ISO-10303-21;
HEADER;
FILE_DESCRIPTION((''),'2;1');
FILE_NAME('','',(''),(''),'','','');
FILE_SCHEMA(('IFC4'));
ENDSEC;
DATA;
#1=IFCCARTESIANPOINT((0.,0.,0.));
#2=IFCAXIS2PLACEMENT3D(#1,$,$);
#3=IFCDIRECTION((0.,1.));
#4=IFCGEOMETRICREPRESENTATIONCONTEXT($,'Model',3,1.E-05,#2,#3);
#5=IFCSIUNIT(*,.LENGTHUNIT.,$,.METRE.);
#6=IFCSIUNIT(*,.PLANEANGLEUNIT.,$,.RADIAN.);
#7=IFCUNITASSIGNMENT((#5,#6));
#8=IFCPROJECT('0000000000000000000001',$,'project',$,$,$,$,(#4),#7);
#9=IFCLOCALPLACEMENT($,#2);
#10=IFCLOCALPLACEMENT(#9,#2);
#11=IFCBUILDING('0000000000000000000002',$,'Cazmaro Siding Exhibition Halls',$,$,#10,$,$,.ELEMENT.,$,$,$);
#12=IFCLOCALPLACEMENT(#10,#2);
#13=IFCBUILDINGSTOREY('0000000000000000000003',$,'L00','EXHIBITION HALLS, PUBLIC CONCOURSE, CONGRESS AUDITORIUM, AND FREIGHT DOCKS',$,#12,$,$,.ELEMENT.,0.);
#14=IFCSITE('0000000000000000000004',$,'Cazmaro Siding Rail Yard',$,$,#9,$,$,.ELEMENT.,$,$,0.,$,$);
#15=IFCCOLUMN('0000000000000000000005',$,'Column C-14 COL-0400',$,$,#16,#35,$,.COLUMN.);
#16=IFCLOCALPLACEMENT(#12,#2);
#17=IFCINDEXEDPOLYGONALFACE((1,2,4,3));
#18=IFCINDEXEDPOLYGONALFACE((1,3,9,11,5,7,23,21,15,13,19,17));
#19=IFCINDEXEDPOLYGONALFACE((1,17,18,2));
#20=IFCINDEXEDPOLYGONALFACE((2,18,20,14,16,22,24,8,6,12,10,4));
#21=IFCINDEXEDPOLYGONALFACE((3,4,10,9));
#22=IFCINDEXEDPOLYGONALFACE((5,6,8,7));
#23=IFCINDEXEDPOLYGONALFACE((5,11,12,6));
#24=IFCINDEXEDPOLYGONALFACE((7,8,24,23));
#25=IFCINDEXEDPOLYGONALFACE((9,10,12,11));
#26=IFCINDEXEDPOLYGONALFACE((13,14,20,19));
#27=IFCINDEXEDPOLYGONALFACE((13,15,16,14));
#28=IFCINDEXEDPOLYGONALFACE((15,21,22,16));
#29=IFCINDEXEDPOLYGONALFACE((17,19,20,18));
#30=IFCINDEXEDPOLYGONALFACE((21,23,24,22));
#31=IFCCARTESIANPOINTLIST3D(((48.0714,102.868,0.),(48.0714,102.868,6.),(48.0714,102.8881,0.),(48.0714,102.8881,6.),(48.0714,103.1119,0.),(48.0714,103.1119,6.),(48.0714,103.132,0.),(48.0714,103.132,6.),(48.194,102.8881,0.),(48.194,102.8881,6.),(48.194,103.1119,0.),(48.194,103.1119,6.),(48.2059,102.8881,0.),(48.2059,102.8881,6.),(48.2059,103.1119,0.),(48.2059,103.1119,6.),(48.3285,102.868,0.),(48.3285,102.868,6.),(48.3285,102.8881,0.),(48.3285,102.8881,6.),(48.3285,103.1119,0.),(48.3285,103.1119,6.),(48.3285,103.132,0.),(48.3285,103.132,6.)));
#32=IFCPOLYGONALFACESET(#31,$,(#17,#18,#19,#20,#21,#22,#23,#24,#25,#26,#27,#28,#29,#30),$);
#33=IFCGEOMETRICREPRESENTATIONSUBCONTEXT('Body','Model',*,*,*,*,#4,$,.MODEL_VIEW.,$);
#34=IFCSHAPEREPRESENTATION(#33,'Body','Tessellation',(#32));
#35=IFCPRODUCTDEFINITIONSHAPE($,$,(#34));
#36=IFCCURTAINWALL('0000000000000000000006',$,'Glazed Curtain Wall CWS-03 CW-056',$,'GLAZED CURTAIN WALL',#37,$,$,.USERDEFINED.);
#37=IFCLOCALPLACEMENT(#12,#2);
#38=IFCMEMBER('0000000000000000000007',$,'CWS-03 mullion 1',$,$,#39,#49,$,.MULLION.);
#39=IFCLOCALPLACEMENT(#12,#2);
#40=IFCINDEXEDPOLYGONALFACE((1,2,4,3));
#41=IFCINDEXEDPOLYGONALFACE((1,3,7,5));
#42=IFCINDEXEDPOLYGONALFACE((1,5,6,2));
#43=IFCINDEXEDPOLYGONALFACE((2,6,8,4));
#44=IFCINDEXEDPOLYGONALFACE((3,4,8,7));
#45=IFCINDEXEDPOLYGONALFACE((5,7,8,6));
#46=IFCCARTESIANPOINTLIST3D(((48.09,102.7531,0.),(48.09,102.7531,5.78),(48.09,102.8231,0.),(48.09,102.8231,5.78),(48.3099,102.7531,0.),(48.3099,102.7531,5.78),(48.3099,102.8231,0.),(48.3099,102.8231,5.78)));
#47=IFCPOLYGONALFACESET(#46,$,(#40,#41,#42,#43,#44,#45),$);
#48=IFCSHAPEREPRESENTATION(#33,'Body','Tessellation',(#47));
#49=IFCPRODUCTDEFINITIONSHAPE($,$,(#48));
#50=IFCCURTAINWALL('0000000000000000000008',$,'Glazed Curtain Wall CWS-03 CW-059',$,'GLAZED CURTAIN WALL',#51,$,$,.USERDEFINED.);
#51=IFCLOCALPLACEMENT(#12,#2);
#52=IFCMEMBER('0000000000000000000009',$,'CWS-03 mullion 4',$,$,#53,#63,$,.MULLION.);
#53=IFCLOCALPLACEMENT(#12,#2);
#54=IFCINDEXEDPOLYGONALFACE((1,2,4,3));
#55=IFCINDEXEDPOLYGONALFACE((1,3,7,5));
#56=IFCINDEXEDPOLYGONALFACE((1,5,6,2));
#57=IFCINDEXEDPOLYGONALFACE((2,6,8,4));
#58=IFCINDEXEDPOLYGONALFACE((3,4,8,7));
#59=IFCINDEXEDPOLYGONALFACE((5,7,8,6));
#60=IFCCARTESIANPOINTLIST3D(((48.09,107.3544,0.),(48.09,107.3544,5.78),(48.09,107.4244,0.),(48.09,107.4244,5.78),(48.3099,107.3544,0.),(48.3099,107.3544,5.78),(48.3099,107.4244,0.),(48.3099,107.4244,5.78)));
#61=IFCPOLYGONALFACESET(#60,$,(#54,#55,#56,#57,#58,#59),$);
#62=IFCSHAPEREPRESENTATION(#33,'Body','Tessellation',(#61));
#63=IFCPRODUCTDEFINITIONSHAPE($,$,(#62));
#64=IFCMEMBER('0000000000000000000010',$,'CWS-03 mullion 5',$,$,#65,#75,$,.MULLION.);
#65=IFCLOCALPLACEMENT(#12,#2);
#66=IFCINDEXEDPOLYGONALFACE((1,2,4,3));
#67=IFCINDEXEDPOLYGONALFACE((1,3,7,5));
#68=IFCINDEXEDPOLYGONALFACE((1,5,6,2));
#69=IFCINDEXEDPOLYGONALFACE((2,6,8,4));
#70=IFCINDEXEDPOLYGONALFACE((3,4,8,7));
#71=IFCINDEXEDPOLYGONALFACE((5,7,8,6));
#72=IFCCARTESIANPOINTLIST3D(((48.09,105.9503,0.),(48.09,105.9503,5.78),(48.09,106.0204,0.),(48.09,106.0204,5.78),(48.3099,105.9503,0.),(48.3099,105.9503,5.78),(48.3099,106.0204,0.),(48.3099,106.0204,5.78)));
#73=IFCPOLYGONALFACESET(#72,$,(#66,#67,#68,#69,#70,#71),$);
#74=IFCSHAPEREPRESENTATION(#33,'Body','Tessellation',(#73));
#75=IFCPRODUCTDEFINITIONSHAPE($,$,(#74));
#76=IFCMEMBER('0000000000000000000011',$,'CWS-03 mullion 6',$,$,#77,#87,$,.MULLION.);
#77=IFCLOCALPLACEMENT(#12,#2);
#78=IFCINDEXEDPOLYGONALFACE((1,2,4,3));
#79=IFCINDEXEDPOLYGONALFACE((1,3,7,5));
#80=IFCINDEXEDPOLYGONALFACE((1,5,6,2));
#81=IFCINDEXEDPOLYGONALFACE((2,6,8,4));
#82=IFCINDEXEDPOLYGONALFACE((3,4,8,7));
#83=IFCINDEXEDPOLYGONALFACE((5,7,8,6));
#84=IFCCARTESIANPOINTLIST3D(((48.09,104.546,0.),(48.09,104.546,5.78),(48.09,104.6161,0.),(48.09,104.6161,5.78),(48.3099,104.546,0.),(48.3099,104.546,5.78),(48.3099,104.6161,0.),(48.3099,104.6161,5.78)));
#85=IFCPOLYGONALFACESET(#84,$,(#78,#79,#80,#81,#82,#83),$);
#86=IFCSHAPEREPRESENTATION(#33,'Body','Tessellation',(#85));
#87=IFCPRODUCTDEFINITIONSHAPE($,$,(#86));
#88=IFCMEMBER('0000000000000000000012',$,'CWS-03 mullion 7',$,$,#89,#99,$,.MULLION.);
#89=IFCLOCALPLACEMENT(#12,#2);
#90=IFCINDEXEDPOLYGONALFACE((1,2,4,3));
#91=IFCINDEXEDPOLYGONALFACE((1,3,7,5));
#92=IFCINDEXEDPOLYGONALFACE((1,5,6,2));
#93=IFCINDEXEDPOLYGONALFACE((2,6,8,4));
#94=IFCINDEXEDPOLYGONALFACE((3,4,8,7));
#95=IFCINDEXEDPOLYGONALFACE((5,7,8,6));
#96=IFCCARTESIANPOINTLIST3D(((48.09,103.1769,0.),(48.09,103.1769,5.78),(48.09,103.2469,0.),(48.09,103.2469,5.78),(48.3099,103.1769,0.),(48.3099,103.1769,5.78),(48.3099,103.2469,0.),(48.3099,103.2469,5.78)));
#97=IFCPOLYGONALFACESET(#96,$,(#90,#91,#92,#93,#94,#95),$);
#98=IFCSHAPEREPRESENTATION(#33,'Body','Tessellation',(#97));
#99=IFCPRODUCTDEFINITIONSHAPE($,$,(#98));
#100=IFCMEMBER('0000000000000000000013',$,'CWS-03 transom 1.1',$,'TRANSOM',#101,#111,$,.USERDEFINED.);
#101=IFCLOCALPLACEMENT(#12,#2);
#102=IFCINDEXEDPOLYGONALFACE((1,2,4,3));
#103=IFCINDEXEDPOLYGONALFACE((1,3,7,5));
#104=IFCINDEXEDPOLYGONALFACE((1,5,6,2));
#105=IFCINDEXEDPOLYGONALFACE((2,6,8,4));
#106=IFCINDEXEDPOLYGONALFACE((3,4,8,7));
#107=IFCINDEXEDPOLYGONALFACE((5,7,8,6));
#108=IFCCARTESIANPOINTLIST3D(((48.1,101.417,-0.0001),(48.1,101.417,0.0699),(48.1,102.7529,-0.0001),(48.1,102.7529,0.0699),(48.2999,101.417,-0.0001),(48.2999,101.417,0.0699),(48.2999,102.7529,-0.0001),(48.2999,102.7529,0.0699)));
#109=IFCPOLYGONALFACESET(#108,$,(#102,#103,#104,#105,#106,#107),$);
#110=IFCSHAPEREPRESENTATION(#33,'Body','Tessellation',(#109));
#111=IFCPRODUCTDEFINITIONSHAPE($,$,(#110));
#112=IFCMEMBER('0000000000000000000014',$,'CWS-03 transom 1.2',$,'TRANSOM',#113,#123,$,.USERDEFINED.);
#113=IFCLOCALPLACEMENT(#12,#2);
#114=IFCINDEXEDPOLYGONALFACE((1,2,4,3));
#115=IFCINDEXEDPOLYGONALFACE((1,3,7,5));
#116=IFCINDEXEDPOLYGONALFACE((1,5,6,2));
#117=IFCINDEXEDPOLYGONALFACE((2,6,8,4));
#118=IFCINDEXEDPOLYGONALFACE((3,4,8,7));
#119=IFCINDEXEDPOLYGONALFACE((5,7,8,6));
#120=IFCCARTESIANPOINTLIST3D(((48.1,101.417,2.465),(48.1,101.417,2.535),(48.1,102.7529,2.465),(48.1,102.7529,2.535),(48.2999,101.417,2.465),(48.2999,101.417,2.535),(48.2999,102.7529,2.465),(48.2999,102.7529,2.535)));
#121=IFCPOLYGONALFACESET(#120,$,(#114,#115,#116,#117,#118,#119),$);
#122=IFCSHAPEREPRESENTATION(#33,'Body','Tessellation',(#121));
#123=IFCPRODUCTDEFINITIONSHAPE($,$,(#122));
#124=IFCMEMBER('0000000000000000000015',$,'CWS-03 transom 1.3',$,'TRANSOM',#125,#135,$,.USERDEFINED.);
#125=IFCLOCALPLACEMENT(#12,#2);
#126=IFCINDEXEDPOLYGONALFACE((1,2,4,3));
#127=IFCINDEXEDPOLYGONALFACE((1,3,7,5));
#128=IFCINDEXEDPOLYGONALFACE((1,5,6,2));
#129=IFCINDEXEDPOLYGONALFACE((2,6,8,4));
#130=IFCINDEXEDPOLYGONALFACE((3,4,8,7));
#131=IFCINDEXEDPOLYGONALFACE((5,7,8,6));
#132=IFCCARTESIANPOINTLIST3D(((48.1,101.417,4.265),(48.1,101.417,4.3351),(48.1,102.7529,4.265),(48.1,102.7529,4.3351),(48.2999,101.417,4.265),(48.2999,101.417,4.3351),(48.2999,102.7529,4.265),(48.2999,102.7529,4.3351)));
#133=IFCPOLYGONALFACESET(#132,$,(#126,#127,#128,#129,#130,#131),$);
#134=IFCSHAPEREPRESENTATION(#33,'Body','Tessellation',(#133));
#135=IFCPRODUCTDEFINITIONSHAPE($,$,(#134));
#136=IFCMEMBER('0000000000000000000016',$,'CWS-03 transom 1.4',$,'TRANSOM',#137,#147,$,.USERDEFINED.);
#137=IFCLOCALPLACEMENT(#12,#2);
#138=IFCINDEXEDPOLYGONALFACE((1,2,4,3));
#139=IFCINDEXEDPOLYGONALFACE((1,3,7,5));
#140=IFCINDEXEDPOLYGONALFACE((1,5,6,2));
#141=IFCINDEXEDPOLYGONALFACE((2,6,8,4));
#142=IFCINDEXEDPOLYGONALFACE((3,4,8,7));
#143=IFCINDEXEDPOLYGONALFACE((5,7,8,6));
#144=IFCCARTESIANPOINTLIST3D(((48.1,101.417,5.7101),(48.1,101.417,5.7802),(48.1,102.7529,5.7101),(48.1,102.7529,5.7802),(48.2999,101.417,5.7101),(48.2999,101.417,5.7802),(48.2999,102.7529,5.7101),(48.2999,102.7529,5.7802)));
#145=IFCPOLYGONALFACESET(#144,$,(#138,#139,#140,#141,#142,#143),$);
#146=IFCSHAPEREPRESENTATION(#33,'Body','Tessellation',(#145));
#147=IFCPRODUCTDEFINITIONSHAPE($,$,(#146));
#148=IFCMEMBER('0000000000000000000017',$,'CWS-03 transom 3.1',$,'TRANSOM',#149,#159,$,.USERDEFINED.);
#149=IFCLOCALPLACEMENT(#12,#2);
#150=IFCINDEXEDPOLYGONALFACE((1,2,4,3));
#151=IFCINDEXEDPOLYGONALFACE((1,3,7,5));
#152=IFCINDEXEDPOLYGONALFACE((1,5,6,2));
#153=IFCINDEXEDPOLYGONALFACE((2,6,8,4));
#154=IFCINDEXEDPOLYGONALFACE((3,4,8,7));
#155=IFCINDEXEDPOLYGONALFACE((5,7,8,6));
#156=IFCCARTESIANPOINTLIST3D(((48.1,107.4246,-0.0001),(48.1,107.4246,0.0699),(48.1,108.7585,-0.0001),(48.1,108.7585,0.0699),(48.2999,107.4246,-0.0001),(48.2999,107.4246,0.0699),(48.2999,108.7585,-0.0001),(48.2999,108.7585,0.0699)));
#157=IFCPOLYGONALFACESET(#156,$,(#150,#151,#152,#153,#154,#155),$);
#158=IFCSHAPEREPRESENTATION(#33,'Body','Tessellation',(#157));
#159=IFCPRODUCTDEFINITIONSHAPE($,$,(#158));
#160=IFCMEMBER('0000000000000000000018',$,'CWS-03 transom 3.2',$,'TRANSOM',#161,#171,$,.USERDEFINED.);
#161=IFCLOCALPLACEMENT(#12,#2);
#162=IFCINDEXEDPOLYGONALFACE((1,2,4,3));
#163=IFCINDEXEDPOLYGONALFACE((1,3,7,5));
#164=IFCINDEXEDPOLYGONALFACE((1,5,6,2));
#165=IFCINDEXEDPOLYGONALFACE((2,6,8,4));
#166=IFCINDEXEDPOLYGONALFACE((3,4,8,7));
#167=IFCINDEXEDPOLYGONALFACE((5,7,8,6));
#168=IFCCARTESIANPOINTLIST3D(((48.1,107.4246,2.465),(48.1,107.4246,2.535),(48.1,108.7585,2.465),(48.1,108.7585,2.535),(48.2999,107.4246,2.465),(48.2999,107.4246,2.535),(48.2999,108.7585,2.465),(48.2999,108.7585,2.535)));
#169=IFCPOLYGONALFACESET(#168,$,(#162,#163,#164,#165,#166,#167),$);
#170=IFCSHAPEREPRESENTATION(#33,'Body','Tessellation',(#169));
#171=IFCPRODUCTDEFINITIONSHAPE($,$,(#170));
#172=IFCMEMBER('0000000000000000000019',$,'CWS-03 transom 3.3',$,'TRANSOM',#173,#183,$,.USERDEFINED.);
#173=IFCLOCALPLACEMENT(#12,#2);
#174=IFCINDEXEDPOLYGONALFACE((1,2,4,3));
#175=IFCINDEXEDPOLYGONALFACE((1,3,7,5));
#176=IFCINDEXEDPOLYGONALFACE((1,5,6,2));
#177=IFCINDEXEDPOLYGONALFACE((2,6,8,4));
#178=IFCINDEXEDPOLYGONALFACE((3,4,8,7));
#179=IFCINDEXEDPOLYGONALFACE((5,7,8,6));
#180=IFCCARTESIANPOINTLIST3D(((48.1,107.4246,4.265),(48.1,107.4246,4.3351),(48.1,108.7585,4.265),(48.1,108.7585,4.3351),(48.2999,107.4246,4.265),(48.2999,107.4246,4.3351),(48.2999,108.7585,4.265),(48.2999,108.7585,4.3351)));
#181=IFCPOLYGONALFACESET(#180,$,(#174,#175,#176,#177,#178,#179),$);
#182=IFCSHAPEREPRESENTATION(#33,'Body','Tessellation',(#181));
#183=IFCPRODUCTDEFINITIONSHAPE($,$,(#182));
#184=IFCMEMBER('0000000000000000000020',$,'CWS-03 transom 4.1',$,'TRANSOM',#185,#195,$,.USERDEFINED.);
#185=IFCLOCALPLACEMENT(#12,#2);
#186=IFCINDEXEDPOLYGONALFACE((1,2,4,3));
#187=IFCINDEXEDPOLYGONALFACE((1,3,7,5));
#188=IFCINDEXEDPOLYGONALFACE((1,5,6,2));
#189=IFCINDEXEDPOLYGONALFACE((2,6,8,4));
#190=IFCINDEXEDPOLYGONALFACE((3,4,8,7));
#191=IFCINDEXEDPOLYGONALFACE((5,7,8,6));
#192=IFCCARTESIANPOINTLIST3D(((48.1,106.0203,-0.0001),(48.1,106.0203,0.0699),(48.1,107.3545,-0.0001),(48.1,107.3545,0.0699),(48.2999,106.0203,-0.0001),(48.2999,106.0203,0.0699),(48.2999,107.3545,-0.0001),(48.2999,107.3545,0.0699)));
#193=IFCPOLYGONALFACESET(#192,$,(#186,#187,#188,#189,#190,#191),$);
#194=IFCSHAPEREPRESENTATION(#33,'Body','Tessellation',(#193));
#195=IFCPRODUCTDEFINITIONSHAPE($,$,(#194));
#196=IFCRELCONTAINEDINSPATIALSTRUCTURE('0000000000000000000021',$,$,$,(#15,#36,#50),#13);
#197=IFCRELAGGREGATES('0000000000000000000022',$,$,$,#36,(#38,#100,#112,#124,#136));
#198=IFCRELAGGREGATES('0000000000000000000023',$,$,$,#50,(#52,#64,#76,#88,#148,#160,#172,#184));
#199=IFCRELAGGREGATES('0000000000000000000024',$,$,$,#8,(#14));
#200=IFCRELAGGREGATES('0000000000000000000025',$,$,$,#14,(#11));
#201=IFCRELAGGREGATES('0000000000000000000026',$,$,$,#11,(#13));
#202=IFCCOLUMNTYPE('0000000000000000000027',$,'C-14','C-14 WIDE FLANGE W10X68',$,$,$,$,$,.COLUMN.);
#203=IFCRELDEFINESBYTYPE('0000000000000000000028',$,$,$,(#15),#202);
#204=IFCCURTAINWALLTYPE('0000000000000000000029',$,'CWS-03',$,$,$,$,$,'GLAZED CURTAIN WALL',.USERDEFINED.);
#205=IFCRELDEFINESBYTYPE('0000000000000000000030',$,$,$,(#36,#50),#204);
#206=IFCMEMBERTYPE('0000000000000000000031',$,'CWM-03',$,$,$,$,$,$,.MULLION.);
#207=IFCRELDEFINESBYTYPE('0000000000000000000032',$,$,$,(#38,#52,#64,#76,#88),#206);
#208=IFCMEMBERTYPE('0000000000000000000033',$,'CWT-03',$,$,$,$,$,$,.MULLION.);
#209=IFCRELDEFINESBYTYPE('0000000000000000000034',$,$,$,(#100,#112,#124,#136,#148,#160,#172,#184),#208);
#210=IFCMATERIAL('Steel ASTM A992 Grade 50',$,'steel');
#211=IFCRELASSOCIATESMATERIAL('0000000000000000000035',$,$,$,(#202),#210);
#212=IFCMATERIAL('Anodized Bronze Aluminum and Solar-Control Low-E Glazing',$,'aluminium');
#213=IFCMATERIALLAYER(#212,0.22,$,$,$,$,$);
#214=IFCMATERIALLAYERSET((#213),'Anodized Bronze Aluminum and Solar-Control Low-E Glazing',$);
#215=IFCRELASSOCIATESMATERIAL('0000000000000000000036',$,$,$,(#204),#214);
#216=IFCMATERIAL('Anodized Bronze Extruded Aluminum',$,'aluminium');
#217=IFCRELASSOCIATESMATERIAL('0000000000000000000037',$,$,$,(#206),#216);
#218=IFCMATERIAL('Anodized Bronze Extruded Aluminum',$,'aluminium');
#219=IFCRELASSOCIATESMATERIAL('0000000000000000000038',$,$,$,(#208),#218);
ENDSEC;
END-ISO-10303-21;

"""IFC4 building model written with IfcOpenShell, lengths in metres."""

from ifc_helpers import new_model, si_unit, direction, frame, origin, origin_2d, place, context, subcontext, project, spatial, rectangle, i_section, extrude, material, layer, layer_set, material_profile, profile_set, type_object, element, aggregate, save


model = new_model("IFC4")

# Units and contexts
model_context = context("Model", 3, precision=1e-05, world=origin(), true_north=direction((0.0, 1.0)))
body_context = subcontext(model_context, "Body", "Model", "MODEL_VIEW")
ifc_project = project(units=[si_unit("LENGTHUNIT", "METRE"), si_unit("PLANEANGLEUNIT", "RADIAN")], contexts=[model_context])

# Site, building, storey
site_placement = place(None, origin())
site = spatial("IfcSite", under=ifc_project, at=site_placement, Name="Cazmaro Siding Rail Yard", CompositionType="ELEMENT", RefElevation=0.0)
building_placement = place(site_placement, origin())
building = spatial("IfcBuilding", under=site, at=building_placement, Name="Cazmaro Siding Exhibition Halls", CompositionType="ELEMENT")
storey_placement = place(building_placement, origin())
storey = spatial("IfcBuildingStorey", under=building, at=storey_placement, Name="L00", Description="EXHIBITION HALLS, PUBLIC CONCOURSE, CONGRESS AUDITORIUM, AND FREIGHT DOCKS", CompositionType="ELEMENT", Elevation=0.0)

# Column
ifc_material_1 = material(Name="Steel ASTM A992 Grade 50", Category="steel")
ifc_material_profile_1 = material_profile(ifc_material_1, i_section(OverallWidth=0.2571, OverallDepth=0.2639, WebThickness=0.012, FlangeThickness=0.02, at=origin_2d()), Name="W10X68")
ifc_profile_set_1 = profile_set([ifc_material_profile_1], Name="Steel ASTM A992 Grade 50")
column_type = type_object("IfcColumnType", Name="C-14", Description="C-14 WIDE FLANGE W10X68", PredefinedType="COLUMN", material=ifc_profile_set_1)
column_placement = place(storey_placement, frame((48.2, 103.0, 0.0), z_axis=(0.0, 0.0, 1.0), x_axis=(1.0, 0.0, 0.0)))
element("IfcColumn", 1, at=column_placement, inside=storey, type_object=column_type, Name="Column C-14 COL-0400", PredefinedType="COLUMN", context=body_context, shape_type="SweptSolid", body=[
    extrude(i_section(OverallWidth=0.2571, OverallDepth=0.2639, WebThickness=0.012, FlangeThickness=0.02, at=origin_2d()), origin(), (0.0, 0.0, 1.0), 6.0),
])

# Curtain wall, member
ifc_material_2 = material(Name="Anodized Bronze Aluminum and Solar-Control Low-E Glazing", Category="aluminium")
ifc_layer_1 = layer(ifc_material_2, 0.22)
ifc_layer_set_1 = layer_set([ifc_layer_1], Name="Anodized Bronze Aluminum and Solar-Control Low-E Glazing")
curtain_wall_type = type_object("IfcCurtainWallType", Name="CWS-03", ElementType="GLAZED CURTAIN WALL", PredefinedType="USERDEFINED", material=ifc_layer_set_1)
curtain_wall_1_placement = place(storey_placement, origin())
curtain_wall_1 = element("IfcCurtainWall", 2, at=curtain_wall_1_placement, inside=storey, type_object=curtain_wall_type, Name="Glazed Curtain Wall CWS-03 CW-056", ObjectType="GLAZED CURTAIN WALL", PredefinedType="USERDEFINED")
ifc_material_3 = material(Name="Anodized Bronze Extruded Aluminum", Category="aluminium")
ifc_material_profile_2 = material_profile(ifc_material_3, rectangle(XDim=0.22, YDim=0.0701, at=origin_2d()), Name="CWM-03")
ifc_profile_set_2 = profile_set([ifc_material_profile_2], Name="Anodized Bronze Extruded Aluminum")
member_type_1 = type_object("IfcMemberType", Name="CWM-03", PredefinedType="MULLION", material=ifc_profile_set_2)
member_1_placement = place(storey_placement, frame((48.2, 102.7881, 0.0), z_axis=(0.0, 0.0, 1.0), x_axis=(1.0, 0.0, 0.0)))
member_1 = element("IfcMember", 3, at=member_1_placement, type_object=member_type_1, Name="CWS-03 mullion 1", PredefinedType="MULLION", context=body_context, shape_type="SweptSolid", body=[
    extrude(rectangle(XDim=0.22, YDim=0.0701, at=origin_2d()), origin(), (0.0, 0.0, 1.0), 5.78),
])

# Curtain wall, members
curtain_wall_2_placement = place(storey_placement, origin())
curtain_wall_2 = element("IfcCurtainWall", 4, at=curtain_wall_2_placement, inside=storey, type_object=curtain_wall_type, Name="Glazed Curtain Wall CWS-03 CW-059", ObjectType="GLAZED CURTAIN WALL", PredefinedType="USERDEFINED")
member_2_placement = place(storey_placement, frame((48.2, 107.3894, 0.0), z_axis=(0.0, 0.0, 1.0), x_axis=(1.0, 0.0, 0.0)))
member_2 = element("IfcMember", 5, at=member_2_placement, type_object=member_type_1, Name="CWS-03 mullion 4", PredefinedType="MULLION", context=body_context, shape_type="SweptSolid", body=[
    extrude(rectangle(XDim=0.22, YDim=0.0701, at=origin_2d()), origin(), (0.0, 0.0, 1.0), 5.78),
])
member_3_placement = place(storey_placement, frame((48.2, 105.9854, 0.0), z_axis=(0.0, 0.0, 1.0), x_axis=(1.0, 0.0, 0.0)))
member_3 = element("IfcMember", 6, at=member_3_placement, type_object=member_type_1, Name="CWS-03 mullion 5", PredefinedType="MULLION", context=body_context, shape_type="SweptSolid", body=[
    extrude(rectangle(XDim=0.22, YDim=0.0701, at=origin_2d()), origin(), (0.0, 0.0, 1.0), 5.78),
])
member_4_placement = place(storey_placement, frame((48.2, 104.5811, 0.0), z_axis=(0.0, 0.0, 1.0), x_axis=(1.0, 0.0, 0.0)))
member_4 = element("IfcMember", 7, at=member_4_placement, type_object=member_type_1, Name="CWS-03 mullion 6", PredefinedType="MULLION", context=body_context, shape_type="SweptSolid", body=[
    extrude(rectangle(XDim=0.22, YDim=0.0701, at=origin_2d()), origin(), (0.0, 0.0, 1.0), 5.78),
])
member_5_placement = place(storey_placement, frame((48.2, 103.2119, 0.0), z_axis=(0.0, 0.0, 1.0), x_axis=(1.0, 0.0, 0.0)))
member_5 = element("IfcMember", 8, at=member_5_placement, type_object=member_type_1, Name="CWS-03 mullion 7", PredefinedType="MULLION", context=body_context, shape_type="SweptSolid", body=[
    extrude(rectangle(XDim=0.22, YDim=0.0701, at=origin_2d()), origin(), (0.0, 0.0, 1.0), 5.78),
])

# Members
ifc_material_4 = material(Name="Anodized Bronze Extruded Aluminum", Category="aluminium")
ifc_material_profile_3 = material_profile(ifc_material_4, rectangle(XDim=0.2, YDim=0.0701, at=origin_2d()), Name="CWT-03")
ifc_profile_set_3 = profile_set([ifc_material_profile_3], Name="Anodized Bronze Extruded Aluminum")
member_type_2 = type_object("IfcMemberType", Name="CWT-03", PredefinedType="MULLION", material=ifc_profile_set_3)
member_6_placement = place(storey_placement, frame((48.2, 102.7529, 0.0349), z_axis=(0.0, -1.0, 0.0), x_axis=(1.0, 0.0, 0.0)))
member_6 = element("IfcMember", 9, at=member_6_placement, type_object=member_type_2, Name="CWS-03 transom 1.1", ObjectType="TRANSOM", PredefinedType="USERDEFINED", context=body_context, shape_type="SweptSolid", body=[
    extrude(rectangle(XDim=0.2, YDim=0.0701, at=origin_2d()), origin(), (0.0, 0.0, 1.0), 1.3359),
])
member_7_placement = place(storey_placement, frame((48.2, 102.7529, 2.5), z_axis=(0.0, -1.0, 0.0), x_axis=(1.0, 0.0, 0.0)))
member_7 = element("IfcMember", 10, at=member_7_placement, type_object=member_type_2, Name="CWS-03 transom 1.2", ObjectType="TRANSOM", PredefinedType="USERDEFINED", context=body_context, shape_type="SweptSolid", body=[
    extrude(rectangle(XDim=0.2, YDim=0.0701, at=origin_2d()), origin(), (0.0, 0.0, 1.0), 1.3359),
])
member_8_placement = place(storey_placement, frame((48.2, 102.7529, 4.3), z_axis=(0.0, -1.0, 0.0), x_axis=(1.0, 0.0, 0.0)))
member_8 = element("IfcMember", 11, at=member_8_placement, type_object=member_type_2, Name="CWS-03 transom 1.3", ObjectType="TRANSOM", PredefinedType="USERDEFINED", context=body_context, shape_type="SweptSolid", body=[
    extrude(rectangle(XDim=0.2, YDim=0.0701, at=origin_2d()), origin(), (0.0, 0.0, 1.0), 1.3359),
])
member_9_placement = place(storey_placement, frame((48.2, 102.7529, 5.7451), z_axis=(0.0, -1.0, 0.0), x_axis=(1.0, 0.0, 0.0)))
member_9 = element("IfcMember", 12, at=member_9_placement, type_object=member_type_2, Name="CWS-03 transom 1.4", ObjectType="TRANSOM", PredefinedType="USERDEFINED", context=body_context, shape_type="SweptSolid", body=[
    extrude(rectangle(XDim=0.2, YDim=0.0701, at=origin_2d()), origin(), (0.0, 0.0, 1.0), 1.3359),
])
aggregate(curtain_wall_1, [member_1, member_6, member_7, member_8, member_9])
member_10_placement = place(storey_placement, frame((48.2, 108.7585, 0.0349), z_axis=(0.0, -1.0, 0.0), x_axis=(1.0, 0.0, 0.0)))
member_10 = element("IfcMember", 13, at=member_10_placement, type_object=member_type_2, Name="CWS-03 transom 3.1", ObjectType="TRANSOM", PredefinedType="USERDEFINED", context=body_context, shape_type="SweptSolid", body=[
    extrude(rectangle(XDim=0.2, YDim=0.0701, at=origin_2d()), origin(), (0.0, 0.0, 1.0), 1.334),
])
member_11_placement = place(storey_placement, frame((48.2, 108.7585, 2.5), z_axis=(0.0, -1.0, 0.0), x_axis=(1.0, 0.0, 0.0)))
member_11 = element("IfcMember", 14, at=member_11_placement, type_object=member_type_2, Name="CWS-03 transom 3.2", ObjectType="TRANSOM", PredefinedType="USERDEFINED", context=body_context, shape_type="SweptSolid", body=[
    extrude(rectangle(XDim=0.2, YDim=0.0701, at=origin_2d()), origin(), (0.0, 0.0, 1.0), 1.334),
])
member_12_placement = place(storey_placement, frame((48.2, 108.7585, 4.3), z_axis=(0.0, -1.0, 0.0), x_axis=(1.0, 0.0, 0.0)))
member_12 = element("IfcMember", 15, at=member_12_placement, type_object=member_type_2, Name="CWS-03 transom 3.3", ObjectType="TRANSOM", PredefinedType="USERDEFINED", context=body_context, shape_type="SweptSolid", body=[
    extrude(rectangle(XDim=0.2, YDim=0.0701, at=origin_2d()), origin(), (0.0, 0.0, 1.0), 1.334),
])
member_13_placement = place(storey_placement, frame((48.2, 107.3545, 0.0349), z_axis=(0.0, -1.0, 0.0), x_axis=(1.0, 0.0, 0.0)))
member_13 = element("IfcMember", 16, at=member_13_placement, type_object=member_type_2, Name="CWS-03 transom 4.1", ObjectType="TRANSOM", PredefinedType="USERDEFINED", context=body_context, shape_type="SweptSolid", body=[
    extrude(rectangle(XDim=0.2, YDim=0.0701, at=origin_2d()), origin(), (0.0, 0.0, 1.0), 1.3342),
])

aggregate(curtain_wall_2, [member_2, member_3, member_4, member_5, member_10, member_11, member_12, member_13])

save(model, "model.ifc")
